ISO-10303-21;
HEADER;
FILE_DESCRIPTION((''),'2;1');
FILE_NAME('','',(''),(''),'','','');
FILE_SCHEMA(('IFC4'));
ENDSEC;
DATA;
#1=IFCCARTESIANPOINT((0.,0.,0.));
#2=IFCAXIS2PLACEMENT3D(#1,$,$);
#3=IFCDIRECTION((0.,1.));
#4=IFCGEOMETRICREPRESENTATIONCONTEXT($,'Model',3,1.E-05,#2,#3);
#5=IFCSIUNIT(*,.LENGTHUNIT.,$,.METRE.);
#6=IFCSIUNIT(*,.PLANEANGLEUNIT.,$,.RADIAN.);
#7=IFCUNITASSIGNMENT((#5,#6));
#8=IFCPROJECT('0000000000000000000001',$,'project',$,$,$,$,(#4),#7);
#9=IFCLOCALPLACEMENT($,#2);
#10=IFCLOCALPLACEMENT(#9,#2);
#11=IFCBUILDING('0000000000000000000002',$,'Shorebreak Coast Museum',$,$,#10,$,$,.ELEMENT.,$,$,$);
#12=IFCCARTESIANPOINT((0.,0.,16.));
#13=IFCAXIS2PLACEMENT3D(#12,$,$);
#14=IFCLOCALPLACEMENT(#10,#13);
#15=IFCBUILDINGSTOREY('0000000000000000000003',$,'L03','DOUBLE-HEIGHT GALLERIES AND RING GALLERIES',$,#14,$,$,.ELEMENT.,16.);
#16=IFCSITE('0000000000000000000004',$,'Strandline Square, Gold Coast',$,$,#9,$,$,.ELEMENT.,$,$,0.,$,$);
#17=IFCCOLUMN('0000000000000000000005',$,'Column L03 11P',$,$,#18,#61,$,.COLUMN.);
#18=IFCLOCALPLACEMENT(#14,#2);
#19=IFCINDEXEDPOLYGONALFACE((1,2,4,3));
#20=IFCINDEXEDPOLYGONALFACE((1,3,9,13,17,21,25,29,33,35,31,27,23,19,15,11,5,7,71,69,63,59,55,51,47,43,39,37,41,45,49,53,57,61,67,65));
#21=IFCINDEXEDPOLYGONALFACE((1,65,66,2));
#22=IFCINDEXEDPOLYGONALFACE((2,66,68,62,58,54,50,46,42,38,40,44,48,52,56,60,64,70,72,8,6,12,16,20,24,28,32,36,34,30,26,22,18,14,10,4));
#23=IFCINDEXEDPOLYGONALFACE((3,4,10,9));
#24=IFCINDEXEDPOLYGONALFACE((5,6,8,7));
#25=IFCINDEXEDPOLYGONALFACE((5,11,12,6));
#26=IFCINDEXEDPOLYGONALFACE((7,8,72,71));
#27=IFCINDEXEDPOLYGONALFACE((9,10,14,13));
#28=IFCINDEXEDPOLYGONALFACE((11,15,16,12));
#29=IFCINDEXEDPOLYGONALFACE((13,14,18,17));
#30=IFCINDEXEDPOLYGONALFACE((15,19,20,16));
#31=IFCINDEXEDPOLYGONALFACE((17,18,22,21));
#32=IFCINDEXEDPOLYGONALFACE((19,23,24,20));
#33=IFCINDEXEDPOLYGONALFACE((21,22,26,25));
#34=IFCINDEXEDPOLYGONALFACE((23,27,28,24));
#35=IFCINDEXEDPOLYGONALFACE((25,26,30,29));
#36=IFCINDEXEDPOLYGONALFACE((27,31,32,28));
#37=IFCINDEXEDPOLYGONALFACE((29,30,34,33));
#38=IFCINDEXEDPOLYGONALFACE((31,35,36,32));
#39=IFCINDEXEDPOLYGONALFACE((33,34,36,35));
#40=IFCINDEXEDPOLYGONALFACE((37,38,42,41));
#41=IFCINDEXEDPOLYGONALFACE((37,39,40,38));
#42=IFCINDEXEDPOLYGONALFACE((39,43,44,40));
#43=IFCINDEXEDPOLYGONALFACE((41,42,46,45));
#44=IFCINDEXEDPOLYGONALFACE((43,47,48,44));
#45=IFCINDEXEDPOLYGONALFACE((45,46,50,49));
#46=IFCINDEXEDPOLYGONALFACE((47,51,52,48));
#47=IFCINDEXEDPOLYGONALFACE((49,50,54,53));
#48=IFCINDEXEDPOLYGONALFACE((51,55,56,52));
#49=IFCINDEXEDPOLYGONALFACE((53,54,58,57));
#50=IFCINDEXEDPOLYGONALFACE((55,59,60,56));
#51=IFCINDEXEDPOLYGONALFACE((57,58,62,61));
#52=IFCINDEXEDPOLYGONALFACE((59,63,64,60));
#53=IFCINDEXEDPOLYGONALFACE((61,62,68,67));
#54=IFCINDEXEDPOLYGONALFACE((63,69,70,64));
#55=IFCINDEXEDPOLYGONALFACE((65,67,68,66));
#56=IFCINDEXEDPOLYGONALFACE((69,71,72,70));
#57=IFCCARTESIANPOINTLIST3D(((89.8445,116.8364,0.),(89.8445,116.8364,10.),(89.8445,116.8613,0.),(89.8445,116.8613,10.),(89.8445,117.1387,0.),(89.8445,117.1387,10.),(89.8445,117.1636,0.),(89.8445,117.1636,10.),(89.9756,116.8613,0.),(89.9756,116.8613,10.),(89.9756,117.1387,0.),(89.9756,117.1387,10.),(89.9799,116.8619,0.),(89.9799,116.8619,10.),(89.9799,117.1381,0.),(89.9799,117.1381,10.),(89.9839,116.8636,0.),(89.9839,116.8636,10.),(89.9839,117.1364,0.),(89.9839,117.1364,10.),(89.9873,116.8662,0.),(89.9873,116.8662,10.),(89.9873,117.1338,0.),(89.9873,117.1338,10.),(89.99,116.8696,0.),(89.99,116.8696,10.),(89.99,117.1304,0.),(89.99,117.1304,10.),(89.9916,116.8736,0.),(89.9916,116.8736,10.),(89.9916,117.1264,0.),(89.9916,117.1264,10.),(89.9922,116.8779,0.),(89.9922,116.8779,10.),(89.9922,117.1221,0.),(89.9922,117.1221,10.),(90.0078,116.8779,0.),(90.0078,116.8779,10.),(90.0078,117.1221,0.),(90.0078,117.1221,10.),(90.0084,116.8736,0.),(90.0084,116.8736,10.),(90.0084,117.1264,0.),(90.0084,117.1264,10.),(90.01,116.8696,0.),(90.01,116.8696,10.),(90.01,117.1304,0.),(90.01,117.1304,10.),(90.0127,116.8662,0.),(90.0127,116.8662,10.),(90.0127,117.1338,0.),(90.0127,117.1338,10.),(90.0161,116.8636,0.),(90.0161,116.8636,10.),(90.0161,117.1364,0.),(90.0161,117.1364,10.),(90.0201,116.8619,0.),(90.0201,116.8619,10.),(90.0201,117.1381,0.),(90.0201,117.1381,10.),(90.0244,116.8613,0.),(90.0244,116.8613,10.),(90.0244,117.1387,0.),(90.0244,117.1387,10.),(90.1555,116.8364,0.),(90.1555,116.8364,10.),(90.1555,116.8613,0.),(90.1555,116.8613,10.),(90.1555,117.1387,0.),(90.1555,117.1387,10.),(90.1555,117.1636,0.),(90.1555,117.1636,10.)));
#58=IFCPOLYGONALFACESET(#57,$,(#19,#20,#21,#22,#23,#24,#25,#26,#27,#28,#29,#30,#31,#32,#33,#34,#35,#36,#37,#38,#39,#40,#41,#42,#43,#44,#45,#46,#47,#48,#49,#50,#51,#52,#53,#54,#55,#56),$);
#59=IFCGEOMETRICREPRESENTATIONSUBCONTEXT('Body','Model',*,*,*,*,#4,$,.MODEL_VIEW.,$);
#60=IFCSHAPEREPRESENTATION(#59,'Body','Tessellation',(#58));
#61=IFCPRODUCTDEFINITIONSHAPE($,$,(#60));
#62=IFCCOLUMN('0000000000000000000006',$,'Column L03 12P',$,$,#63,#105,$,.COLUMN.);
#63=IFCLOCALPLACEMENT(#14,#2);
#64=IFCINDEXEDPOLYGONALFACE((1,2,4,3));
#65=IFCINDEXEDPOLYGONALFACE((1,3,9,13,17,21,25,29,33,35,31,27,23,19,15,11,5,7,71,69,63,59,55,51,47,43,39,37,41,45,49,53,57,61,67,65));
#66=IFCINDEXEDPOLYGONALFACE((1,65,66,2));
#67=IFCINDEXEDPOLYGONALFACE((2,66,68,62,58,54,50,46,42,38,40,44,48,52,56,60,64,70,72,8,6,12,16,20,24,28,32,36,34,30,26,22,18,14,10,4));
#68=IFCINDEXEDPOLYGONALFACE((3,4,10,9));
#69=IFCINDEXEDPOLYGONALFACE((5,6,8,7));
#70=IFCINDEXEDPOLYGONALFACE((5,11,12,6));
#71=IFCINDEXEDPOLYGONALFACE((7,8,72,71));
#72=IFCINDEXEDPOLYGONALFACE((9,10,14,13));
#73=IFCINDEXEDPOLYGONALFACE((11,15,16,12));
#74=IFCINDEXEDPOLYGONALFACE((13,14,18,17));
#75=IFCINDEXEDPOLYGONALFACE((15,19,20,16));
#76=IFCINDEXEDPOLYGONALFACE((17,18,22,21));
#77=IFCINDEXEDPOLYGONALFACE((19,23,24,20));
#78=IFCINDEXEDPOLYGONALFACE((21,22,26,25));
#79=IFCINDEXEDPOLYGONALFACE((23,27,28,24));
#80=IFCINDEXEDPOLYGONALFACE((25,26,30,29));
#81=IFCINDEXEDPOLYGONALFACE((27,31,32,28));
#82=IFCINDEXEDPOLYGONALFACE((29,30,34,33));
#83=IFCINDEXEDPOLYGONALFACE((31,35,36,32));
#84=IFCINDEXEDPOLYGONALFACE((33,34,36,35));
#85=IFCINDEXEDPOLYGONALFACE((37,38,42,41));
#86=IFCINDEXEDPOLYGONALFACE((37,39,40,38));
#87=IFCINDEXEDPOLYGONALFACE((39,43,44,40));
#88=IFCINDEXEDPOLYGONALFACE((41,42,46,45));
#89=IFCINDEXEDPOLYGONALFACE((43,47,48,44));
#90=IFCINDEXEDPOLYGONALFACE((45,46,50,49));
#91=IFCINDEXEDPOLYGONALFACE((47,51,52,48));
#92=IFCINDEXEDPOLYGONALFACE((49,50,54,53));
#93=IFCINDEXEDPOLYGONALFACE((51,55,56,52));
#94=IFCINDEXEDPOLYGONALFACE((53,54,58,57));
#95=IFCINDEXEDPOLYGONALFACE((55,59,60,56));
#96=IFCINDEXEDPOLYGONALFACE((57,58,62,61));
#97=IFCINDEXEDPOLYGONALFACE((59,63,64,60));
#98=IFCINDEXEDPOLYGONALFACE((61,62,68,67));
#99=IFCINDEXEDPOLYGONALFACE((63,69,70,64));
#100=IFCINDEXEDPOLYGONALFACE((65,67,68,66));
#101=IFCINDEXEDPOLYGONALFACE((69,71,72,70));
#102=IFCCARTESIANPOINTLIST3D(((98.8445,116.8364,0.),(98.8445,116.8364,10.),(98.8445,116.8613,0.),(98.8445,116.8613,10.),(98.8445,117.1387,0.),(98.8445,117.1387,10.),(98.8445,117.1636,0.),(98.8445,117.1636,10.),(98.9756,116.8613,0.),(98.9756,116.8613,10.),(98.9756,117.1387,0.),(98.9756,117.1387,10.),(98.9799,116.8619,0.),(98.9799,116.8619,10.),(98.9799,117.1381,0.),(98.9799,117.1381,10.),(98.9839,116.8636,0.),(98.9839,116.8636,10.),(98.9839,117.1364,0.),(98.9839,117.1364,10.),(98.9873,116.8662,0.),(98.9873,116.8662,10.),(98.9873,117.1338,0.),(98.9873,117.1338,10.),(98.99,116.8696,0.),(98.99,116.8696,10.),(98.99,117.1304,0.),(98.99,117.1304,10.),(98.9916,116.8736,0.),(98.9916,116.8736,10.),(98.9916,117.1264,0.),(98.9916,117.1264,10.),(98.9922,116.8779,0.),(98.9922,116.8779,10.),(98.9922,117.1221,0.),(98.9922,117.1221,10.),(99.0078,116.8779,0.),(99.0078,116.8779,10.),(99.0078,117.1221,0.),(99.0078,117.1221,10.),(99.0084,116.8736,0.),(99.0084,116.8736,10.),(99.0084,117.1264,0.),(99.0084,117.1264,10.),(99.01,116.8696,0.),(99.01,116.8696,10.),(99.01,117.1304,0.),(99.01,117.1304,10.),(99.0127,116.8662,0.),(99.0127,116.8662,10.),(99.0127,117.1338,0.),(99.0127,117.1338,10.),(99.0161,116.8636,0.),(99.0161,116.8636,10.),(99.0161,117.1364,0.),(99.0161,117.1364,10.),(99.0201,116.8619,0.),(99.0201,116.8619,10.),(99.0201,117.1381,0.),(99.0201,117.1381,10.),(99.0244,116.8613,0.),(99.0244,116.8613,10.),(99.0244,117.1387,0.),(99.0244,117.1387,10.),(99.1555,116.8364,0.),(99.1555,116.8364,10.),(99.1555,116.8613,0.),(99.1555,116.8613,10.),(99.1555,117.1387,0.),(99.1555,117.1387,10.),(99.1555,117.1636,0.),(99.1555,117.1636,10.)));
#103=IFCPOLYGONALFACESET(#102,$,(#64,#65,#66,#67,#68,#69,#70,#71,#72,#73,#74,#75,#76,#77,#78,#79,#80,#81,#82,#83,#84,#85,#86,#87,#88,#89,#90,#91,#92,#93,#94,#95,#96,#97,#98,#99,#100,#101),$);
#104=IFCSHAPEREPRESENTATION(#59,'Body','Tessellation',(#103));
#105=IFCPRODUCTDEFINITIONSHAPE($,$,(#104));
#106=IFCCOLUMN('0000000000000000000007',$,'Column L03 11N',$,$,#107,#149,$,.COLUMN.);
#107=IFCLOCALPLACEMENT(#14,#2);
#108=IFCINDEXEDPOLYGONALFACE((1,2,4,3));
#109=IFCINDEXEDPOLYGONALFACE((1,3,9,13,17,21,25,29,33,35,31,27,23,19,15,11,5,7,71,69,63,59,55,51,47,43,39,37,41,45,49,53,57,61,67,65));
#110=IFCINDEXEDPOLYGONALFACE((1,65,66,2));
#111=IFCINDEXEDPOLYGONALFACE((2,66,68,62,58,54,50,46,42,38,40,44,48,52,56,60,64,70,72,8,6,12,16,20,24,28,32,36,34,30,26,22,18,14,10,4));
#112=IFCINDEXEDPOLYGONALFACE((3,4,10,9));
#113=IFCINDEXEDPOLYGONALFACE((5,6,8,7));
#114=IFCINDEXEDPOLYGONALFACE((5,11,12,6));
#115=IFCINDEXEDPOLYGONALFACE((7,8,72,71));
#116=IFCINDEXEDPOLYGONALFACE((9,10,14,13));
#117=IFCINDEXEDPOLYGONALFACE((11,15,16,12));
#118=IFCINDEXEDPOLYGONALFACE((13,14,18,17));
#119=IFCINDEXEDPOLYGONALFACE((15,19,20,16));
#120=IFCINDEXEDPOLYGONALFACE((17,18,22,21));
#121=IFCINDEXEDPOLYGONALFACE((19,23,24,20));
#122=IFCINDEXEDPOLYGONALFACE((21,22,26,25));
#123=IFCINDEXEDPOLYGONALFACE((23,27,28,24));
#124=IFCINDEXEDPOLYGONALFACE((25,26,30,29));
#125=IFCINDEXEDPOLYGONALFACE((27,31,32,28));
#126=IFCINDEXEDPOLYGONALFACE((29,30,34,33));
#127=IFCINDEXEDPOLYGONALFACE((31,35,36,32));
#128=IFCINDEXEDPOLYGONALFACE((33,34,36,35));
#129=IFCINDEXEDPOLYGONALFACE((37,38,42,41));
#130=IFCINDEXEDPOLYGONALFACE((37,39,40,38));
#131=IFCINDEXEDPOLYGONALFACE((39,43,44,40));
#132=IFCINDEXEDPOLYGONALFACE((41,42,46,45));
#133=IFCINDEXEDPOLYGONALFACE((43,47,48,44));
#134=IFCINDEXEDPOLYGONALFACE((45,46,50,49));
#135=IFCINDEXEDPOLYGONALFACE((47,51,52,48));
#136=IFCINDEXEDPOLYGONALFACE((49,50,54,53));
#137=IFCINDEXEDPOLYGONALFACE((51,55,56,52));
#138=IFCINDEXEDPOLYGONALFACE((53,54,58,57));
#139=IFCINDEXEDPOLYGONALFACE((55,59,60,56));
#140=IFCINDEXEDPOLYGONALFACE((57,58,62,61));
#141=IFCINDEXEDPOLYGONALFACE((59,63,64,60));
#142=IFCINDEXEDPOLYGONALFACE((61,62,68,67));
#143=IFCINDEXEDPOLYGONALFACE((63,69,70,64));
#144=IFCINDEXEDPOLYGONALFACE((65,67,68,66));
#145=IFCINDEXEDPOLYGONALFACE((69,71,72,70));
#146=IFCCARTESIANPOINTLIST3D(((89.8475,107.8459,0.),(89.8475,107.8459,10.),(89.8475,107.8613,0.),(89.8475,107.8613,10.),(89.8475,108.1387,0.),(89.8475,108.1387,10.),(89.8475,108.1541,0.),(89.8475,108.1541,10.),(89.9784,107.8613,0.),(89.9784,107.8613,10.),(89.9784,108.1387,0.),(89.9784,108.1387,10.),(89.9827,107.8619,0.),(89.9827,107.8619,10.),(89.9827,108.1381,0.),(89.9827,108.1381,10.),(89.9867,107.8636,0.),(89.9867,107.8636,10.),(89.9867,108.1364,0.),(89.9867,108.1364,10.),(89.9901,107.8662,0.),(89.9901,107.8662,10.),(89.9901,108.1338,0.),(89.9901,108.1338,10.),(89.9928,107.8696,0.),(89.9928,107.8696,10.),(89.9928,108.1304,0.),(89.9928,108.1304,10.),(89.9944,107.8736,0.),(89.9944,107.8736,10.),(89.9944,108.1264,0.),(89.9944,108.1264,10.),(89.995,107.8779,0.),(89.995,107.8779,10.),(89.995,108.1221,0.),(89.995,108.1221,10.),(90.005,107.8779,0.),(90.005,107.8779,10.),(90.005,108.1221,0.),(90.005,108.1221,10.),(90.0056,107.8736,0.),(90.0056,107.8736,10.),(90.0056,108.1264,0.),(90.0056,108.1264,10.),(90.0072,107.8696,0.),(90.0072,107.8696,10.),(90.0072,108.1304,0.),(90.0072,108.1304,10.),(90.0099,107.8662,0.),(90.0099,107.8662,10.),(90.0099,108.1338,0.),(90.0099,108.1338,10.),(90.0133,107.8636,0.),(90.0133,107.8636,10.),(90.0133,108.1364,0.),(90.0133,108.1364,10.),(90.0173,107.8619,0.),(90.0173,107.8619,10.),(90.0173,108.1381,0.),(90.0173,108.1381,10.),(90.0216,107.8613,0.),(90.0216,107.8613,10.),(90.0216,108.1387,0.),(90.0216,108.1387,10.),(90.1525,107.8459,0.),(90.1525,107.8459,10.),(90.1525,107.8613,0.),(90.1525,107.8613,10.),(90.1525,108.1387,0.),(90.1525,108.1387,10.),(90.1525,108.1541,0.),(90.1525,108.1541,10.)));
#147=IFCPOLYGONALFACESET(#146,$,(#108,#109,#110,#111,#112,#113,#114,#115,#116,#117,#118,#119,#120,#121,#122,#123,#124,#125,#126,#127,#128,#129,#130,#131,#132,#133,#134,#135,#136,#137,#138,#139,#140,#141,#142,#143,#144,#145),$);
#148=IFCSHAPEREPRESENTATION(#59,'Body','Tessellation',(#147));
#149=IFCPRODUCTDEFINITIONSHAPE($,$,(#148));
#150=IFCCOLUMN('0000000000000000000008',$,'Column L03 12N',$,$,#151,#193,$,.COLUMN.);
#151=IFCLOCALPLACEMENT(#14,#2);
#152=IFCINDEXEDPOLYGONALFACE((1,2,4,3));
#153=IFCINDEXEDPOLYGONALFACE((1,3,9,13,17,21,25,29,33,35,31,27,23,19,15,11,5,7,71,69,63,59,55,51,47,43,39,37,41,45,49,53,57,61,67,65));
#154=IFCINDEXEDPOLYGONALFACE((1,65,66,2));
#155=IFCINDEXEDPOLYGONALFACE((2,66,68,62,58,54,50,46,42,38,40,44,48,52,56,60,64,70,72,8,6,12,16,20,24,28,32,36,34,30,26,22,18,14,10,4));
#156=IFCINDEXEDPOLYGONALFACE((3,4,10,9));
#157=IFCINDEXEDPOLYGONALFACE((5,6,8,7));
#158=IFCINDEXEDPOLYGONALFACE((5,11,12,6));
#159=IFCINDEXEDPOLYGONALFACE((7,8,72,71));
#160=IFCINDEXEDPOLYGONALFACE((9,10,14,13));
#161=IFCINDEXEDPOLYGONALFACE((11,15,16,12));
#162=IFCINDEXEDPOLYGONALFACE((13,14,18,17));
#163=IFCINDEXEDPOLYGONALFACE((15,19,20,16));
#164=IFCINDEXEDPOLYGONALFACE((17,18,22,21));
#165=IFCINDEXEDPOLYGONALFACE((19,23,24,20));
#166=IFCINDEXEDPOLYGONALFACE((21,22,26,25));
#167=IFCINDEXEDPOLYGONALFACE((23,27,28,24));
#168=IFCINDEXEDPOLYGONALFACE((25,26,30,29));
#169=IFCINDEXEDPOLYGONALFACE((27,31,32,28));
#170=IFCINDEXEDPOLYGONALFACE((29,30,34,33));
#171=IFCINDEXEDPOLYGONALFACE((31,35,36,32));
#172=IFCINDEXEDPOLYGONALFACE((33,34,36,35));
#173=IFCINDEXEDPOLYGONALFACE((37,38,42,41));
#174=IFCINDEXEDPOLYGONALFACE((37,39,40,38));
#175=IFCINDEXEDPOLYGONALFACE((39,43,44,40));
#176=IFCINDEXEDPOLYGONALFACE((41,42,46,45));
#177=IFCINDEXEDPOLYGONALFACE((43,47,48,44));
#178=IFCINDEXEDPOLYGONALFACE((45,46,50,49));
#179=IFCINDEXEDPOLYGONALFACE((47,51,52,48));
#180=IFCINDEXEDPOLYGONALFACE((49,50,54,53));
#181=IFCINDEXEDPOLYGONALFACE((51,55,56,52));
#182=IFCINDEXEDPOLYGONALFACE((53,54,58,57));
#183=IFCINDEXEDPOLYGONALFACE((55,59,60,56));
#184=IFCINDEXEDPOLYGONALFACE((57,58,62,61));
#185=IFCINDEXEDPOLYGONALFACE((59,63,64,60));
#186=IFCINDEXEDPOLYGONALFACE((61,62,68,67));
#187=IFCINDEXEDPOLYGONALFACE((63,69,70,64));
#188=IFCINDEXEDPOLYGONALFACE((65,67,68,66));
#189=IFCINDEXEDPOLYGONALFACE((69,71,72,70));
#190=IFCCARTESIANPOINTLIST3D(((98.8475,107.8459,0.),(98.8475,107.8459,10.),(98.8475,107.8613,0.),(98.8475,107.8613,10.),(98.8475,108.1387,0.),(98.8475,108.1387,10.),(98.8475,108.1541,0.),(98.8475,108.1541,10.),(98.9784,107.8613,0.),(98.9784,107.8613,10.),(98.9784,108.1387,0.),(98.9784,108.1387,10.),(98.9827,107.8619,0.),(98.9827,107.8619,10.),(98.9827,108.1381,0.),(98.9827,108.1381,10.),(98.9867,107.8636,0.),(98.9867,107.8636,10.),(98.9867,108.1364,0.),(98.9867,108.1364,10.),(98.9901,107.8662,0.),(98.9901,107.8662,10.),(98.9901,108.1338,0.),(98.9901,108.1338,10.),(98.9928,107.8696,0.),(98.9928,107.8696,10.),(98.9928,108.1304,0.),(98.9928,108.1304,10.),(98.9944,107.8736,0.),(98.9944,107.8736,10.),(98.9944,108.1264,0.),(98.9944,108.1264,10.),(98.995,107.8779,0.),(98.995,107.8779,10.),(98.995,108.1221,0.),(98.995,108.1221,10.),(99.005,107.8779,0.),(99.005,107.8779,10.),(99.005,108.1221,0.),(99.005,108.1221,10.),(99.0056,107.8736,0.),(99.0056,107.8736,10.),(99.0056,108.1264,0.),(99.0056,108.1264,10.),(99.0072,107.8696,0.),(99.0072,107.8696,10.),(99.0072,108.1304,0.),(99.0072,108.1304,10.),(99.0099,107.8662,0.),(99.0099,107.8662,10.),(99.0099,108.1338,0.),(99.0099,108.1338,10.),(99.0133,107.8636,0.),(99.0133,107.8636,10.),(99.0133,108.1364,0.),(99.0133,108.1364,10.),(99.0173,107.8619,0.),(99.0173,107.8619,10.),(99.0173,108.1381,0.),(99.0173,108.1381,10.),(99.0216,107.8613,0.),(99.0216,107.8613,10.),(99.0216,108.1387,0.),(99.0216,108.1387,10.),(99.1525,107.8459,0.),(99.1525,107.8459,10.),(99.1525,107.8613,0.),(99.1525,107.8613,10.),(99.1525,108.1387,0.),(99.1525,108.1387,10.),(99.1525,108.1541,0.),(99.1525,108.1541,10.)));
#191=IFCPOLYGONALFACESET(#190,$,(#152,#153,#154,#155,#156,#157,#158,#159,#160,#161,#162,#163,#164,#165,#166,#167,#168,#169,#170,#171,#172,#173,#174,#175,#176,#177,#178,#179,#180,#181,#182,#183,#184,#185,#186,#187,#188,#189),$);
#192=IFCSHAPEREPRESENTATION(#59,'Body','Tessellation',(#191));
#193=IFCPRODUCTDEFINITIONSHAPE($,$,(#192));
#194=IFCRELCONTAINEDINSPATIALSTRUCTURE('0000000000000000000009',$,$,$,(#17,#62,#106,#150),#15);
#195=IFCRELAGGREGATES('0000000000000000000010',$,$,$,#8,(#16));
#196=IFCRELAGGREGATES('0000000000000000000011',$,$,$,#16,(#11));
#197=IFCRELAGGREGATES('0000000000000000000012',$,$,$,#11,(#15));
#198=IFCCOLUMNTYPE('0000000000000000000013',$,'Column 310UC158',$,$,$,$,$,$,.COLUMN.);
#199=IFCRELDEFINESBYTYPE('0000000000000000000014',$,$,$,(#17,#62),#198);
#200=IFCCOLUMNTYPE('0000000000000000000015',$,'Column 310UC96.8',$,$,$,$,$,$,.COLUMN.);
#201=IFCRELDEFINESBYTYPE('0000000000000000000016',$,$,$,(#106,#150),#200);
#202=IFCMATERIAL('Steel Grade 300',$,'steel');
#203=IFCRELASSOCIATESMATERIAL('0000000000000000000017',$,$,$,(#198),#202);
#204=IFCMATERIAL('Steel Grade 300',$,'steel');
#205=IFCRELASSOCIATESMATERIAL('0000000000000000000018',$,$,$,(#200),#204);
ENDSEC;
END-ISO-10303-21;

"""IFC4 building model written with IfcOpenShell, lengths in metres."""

from ifc_helpers import new_model, si_unit, direction, frame, origin, origin_2d, place, context, subcontext, project, spatial, i_section, extrude, material, material_profile, profile_set, type_object, element, save


model = new_model("IFC4")

# Units and contexts
model_context = context("Model", 3, precision=1e-05, world=origin(), true_north=direction((0.0, 1.0)))
body_context = subcontext(model_context, "Body", "Model", "MODEL_VIEW")
ifc_project = project(units=[si_unit("LENGTHUNIT", "METRE"), si_unit("PLANEANGLEUNIT", "RADIAN")], contexts=[model_context])

# Site, building, storey
site_placement = place(None, origin())
site = spatial("IfcSite", under=ifc_project, at=site_placement, Name="Strandline Square, Gold Coast", CompositionType="ELEMENT", RefElevation=0.0)
building_placement = place(site_placement, origin())
building = spatial("IfcBuilding", under=site, at=building_placement, Name="Shorebreak Coast Museum", CompositionType="ELEMENT")
storey_placement = place(building_placement, frame((0.0, 0.0, 16.0)))
storey = spatial("IfcBuildingStorey", under=building, at=storey_placement, Name="L03", Description="DOUBLE-HEIGHT GALLERIES AND RING GALLERIES", CompositionType="ELEMENT", Elevation=16.0)

# Columns
ifc_material_1 = material(Name="Steel Grade 300", Category="steel")
ifc_material_profile_1 = material_profile(ifc_material_1, i_section(OverallWidth=0.311, OverallDepth=0.3271, WebThickness=0.0156, FlangeThickness=0.0249, FilletRadius=0.0166, at=origin_2d()), Name="310UC158")
ifc_profile_set_1 = profile_set([ifc_material_profile_1], Name="Steel Grade 300")
column_type_1 = type_object("IfcColumnType", Name="Column 310UC158", PredefinedType="COLUMN", material=ifc_profile_set_1)
for number, where, z_axis, x_axis, name in (
    (1, (90.0, 117.0, 0.0), (0.0, 0.0, 1.0), (1.0, 0.0, 0.0), "Column L03 11P"),
    (2, (99.0, 117.0, 0.0), (0.0, 0.0, 1.0), (1.0, 0.0, 0.0), "Column L03 12P"),
):
    element("IfcColumn", number, at=place(storey_placement, frame(where, z_axis=z_axis, x_axis=x_axis)), inside=storey, type_object=column_type_1, Name=name, PredefinedType="COLUMN", context=body_context, shape_type="SweptSolid", body=[
        extrude(i_section(OverallWidth=0.311, OverallDepth=0.3271, WebThickness=0.0156, FlangeThickness=0.0249, FilletRadius=0.0166, at=origin_2d()), origin(), (0.0, 0.0, 1.0), 10.0),
    ])
ifc_material_2 = material(Name="Steel Grade 300", Category="steel")
ifc_material_profile_2 = material_profile(ifc_material_2, i_section(OverallWidth=0.3049, OverallDepth=0.3081, WebThickness=0.01, FlangeThickness=0.0154, FilletRadius=0.0166, at=origin_2d()), Name="310UC96.8")
ifc_profile_set_2 = profile_set([ifc_material_profile_2], Name="Steel Grade 300")
column_type_2 = type_object("IfcColumnType", Name="Column 310UC96.8", PredefinedType="COLUMN", material=ifc_profile_set_2)
for number, where, z_axis, x_axis, name in (
    (3, (90.0, 108.0, 0.0), (0.0, 0.0, 1.0), (1.0, 0.0, 0.0), "Column L03 11N"),
    (4, (99.0, 108.0, 0.0), (0.0, 0.0, 1.0), (1.0, 0.0, 0.0), "Column L03 12N"),
):
    element("IfcColumn", number, at=place(storey_placement, frame(where, z_axis=z_axis, x_axis=x_axis)), inside=storey, type_object=column_type_2, Name=name, PredefinedType="COLUMN", context=body_context, shape_type="SweptSolid", body=[
        extrude(i_section(OverallWidth=0.3049, OverallDepth=0.3081, WebThickness=0.01, FlangeThickness=0.0154, FilletRadius=0.0166, at=origin_2d()), origin(), (0.0, 0.0, 1.0), 10.0),
    ])

save(model, "model.ifc")
